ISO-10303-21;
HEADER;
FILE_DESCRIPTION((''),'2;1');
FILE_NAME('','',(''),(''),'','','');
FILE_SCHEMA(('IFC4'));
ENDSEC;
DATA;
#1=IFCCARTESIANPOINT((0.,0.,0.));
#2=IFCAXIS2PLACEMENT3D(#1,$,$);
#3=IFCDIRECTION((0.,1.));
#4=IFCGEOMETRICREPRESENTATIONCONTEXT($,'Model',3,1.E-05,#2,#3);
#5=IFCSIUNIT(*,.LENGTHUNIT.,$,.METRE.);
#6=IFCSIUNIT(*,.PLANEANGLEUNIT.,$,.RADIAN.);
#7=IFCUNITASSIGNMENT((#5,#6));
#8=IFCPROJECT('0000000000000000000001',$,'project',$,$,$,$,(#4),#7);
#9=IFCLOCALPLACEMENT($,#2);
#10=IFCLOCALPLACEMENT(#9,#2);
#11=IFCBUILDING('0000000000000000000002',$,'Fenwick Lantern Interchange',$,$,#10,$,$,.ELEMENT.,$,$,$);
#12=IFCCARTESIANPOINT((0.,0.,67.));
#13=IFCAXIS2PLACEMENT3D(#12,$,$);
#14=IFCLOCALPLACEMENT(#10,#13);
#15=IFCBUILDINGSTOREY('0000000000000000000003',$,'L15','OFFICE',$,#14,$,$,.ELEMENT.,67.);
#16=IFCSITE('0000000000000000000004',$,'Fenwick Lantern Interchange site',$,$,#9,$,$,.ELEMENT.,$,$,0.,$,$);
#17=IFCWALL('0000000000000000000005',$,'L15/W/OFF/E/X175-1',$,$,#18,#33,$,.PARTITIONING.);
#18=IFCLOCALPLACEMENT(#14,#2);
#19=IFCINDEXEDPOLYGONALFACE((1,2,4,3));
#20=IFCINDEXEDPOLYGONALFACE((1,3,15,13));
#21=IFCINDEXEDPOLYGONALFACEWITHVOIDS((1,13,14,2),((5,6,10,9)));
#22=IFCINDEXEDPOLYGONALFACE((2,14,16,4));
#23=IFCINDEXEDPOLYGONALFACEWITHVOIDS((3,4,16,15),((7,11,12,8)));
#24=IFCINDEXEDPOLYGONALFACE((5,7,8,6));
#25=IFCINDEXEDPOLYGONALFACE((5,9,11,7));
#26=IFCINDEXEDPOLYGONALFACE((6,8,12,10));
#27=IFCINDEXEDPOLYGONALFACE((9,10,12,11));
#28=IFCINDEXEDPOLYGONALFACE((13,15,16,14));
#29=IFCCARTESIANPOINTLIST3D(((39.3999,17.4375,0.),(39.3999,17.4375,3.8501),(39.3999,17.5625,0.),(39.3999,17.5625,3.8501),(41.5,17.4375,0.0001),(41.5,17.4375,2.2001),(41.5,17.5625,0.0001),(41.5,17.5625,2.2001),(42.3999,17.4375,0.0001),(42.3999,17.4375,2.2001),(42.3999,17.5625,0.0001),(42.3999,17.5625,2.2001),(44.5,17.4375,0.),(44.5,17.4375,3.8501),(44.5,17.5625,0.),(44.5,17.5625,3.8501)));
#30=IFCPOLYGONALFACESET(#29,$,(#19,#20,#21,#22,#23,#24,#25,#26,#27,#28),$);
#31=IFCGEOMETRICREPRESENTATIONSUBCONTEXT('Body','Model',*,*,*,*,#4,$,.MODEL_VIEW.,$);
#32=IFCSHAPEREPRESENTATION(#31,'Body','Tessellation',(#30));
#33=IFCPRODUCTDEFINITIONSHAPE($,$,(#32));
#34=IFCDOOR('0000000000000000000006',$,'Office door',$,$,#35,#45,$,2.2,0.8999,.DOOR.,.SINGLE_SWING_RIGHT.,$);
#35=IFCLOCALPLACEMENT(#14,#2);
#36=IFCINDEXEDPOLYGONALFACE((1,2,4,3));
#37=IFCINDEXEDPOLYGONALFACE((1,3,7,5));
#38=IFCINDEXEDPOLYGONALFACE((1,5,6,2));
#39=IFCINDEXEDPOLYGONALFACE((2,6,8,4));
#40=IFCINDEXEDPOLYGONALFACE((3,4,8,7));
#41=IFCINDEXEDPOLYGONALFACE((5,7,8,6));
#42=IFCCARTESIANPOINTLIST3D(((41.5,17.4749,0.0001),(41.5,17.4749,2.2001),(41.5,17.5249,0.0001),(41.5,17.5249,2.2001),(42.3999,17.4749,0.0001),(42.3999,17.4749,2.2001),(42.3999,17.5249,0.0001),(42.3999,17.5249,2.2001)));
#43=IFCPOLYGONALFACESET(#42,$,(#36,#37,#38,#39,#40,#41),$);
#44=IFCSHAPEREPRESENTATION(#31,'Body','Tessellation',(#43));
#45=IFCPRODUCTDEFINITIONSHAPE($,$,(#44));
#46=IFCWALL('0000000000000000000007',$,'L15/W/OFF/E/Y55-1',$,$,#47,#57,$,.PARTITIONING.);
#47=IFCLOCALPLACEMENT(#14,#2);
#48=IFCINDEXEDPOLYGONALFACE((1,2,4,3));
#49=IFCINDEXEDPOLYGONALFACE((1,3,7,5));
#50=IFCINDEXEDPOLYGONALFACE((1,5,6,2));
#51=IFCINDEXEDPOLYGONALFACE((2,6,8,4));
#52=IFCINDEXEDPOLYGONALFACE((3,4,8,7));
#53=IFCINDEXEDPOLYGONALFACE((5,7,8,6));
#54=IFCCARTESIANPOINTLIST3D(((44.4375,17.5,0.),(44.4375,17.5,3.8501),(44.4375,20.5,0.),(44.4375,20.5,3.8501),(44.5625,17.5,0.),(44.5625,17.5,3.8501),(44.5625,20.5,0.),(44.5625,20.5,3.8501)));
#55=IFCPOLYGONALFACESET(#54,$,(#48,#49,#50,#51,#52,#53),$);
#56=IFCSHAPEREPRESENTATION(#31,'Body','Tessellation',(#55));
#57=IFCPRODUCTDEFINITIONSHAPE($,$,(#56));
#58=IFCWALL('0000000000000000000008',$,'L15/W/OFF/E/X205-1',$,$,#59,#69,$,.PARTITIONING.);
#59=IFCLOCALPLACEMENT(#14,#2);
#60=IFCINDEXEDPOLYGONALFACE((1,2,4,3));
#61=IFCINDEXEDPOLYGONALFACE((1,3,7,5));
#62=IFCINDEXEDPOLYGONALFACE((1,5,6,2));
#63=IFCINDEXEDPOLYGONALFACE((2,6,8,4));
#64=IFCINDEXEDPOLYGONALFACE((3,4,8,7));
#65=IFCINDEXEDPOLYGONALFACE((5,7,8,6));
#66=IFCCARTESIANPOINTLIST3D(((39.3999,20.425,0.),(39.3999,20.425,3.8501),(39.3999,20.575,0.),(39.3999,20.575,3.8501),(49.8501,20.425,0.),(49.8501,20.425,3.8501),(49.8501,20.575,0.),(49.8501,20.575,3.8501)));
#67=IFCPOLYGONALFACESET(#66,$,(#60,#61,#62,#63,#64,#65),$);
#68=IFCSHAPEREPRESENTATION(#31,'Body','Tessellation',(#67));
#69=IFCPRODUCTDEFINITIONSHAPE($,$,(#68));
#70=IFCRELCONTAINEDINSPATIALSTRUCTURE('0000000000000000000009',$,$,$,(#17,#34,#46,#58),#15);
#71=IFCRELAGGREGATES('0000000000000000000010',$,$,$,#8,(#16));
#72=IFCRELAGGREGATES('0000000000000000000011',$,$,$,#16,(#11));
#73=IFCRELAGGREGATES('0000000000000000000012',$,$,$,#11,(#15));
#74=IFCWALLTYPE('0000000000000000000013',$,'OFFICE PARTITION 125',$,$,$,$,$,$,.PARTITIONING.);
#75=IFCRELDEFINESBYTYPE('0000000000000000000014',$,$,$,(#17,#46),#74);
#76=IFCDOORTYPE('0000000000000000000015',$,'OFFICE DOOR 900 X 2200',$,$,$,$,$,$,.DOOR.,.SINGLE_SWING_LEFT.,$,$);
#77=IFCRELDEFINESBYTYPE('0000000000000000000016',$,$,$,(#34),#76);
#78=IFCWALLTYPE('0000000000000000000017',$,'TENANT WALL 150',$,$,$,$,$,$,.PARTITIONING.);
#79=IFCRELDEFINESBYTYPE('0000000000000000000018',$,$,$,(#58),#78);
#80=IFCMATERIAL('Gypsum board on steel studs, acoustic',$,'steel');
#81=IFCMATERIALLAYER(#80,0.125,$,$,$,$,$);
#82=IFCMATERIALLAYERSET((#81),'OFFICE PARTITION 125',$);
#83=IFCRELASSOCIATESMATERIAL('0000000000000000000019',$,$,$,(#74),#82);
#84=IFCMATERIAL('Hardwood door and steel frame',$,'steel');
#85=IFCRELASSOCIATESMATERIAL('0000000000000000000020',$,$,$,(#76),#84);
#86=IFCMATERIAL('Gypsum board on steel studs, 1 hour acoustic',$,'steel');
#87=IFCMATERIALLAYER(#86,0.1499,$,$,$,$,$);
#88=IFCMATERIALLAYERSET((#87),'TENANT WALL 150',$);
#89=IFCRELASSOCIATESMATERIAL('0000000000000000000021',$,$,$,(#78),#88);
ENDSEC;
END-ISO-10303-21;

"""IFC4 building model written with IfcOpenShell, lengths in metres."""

from ifc_helpers import new_model, si_unit, direction, frame, frame_2d, origin, place, context, subcontext, project, spatial, rectangle, extrude, material, layer, layer_set, type_object, element, fill, save


model = new_model("IFC4")

# Units and contexts
model_context = context("Model", 3, precision=1e-05, world=origin(), true_north=direction((0.0, 1.0)))
body_context = subcontext(model_context, "Body", "Model", "MODEL_VIEW")
ifc_project = project(units=[si_unit("LENGTHUNIT", "METRE"), si_unit("PLANEANGLEUNIT", "RADIAN")], contexts=[model_context])

# Site, building, storey
site_placement = place(None, origin())
site = spatial("IfcSite", under=ifc_project, at=site_placement, Name="Fenwick Lantern Interchange site", CompositionType="ELEMENT", RefElevation=0.0)
building_placement = place(site_placement, origin())
building = spatial("IfcBuilding", under=site, at=building_placement, Name="Fenwick Lantern Interchange", CompositionType="ELEMENT")
storey_placement = place(building_placement, frame((0.0, 0.0, 67.0)))
storey = spatial("IfcBuildingStorey", under=building, at=storey_placement, Name="L15", Description="OFFICE", CompositionType="ELEMENT", Elevation=67.0)

# Wall, opening, door
ifc_material_1 = material(Name="Gypsum board on steel studs, acoustic", Category="steel")
ifc_layer_1 = layer(ifc_material_1, 0.125)
ifc_layer_set_1 = layer_set([ifc_layer_1], Name="OFFICE PARTITION 125")
wall_type_1 = type_object("IfcWallType", Name="OFFICE PARTITION 125", PredefinedType="PARTITIONING", material=ifc_layer_set_1)
wall_1_placement = place(storey_placement, frame((44.5, 17.5, 0.0), z_axis=(0.0, 0.0, 1.0), x_axis=(-1.0, 0.0, 0.0)))
wall_1 = element("IfcWall", 1, at=wall_1_placement, inside=storey, type_object=wall_type_1, Name="L15/W/OFF/E/X175-1", PredefinedType="PARTITIONING", context=body_context, shape_type="SweptSolid", body=[
    extrude(rectangle(XDim=5.1001, YDim=0.125, at=frame_2d((2.55, 0.0))), origin(), (0.0, 0.0, 1.0), 3.8501),
])
opening_placement = place(wall_1_placement, frame((2.1001, 0.0, 0.0)))
opening = element("IfcOpeningElement", 2, at=opening_placement, cuts=wall_1, PredefinedType="OPENING", context=body_context, shape_type="SweptSolid", body=[
    extrude(rectangle(XDim=0.8999, YDim=2.2, at=frame_2d((0.45, 1.1001))), frame((0.0, 0.0725, 0.0), z_axis=(0.0, -1.0, 0.0), x_axis=(1.0, 0.0, 0.0)), (0.0, 0.0, 1.0), 0.145),
])
ifc_material_2 = material(Name="Hardwood door and steel frame", Category="steel")
door_type = type_object("IfcDoorType", Name="OFFICE DOOR 900 X 2200", OperationType="SINGLE_SWING_LEFT", PredefinedType="DOOR", material=ifc_material_2)
door_placement = place(opening_placement, frame((0.8999, 0.0, 0.0), z_axis=(0.0, 0.0, 1.0), x_axis=(-1.0, 0.0, 0.0)))
door = element("IfcDoor", 3, at=door_placement, inside=storey, type_object=door_type, Name="Office door", OperationType="SINGLE_SWING_RIGHT", OverallHeight=2.2, OverallWidth=0.8999, PredefinedType="DOOR", context=body_context, shape_type="SweptSolid", body=[
    extrude(rectangle(XDim=0.8999, YDim=2.2, at=frame_2d((0.45, 1.1001))), frame((0.0, 0.0249, 0.0), z_axis=(0.0, -1.0, 0.0), x_axis=(1.0, 0.0, 0.0)), (0.0, 0.0, 1.0), 0.05),
])
fill(opening, door)

# Walls
wall_2_placement = place(storey_placement, frame((44.5, 17.5, 0.0), z_axis=(0.0, 0.0, 1.0), x_axis=(0.0, 1.0, 0.0)))
element("IfcWall", 4, at=wall_2_placement, inside=storey, type_object=wall_type_1, Name="L15/W/OFF/E/Y55-1", PredefinedType="PARTITIONING", context=body_context, shape_type="SweptSolid", body=[
    extrude(rectangle(XDim=3.0, YDim=0.125, at=frame_2d((1.5, 0.0))), origin(), (0.0, 0.0, 1.0), 3.8501),
])
ifc_material_3 = material(Name="Gypsum board on steel studs, 1 hour acoustic", Category="steel")
ifc_layer_2 = layer(ifc_material_3, 0.1499)
ifc_layer_set_2 = layer_set([ifc_layer_2], Name="TENANT WALL 150")
wall_type_2 = type_object("IfcWallType", Name="TENANT WALL 150", PredefinedType="PARTITIONING", material=ifc_layer_set_2)
wall_3_placement = place(storey_placement, frame((49.8501, 20.5, 0.0), z_axis=(0.0, 0.0, 1.0), x_axis=(-1.0, 0.0, 0.0)))
element("IfcWall", 5, at=wall_3_placement, inside=storey, type_object=wall_type_2, Name="L15/W/OFF/E/X205-1", PredefinedType="PARTITIONING", context=body_context, shape_type="SweptSolid", body=[
    extrude(rectangle(XDim=10.4502, YDim=0.1499, at=frame_2d((5.2251, 0.0))), origin(), (0.0, 0.0, 1.0), 3.8501),
])

save(model, "model.ifc")
